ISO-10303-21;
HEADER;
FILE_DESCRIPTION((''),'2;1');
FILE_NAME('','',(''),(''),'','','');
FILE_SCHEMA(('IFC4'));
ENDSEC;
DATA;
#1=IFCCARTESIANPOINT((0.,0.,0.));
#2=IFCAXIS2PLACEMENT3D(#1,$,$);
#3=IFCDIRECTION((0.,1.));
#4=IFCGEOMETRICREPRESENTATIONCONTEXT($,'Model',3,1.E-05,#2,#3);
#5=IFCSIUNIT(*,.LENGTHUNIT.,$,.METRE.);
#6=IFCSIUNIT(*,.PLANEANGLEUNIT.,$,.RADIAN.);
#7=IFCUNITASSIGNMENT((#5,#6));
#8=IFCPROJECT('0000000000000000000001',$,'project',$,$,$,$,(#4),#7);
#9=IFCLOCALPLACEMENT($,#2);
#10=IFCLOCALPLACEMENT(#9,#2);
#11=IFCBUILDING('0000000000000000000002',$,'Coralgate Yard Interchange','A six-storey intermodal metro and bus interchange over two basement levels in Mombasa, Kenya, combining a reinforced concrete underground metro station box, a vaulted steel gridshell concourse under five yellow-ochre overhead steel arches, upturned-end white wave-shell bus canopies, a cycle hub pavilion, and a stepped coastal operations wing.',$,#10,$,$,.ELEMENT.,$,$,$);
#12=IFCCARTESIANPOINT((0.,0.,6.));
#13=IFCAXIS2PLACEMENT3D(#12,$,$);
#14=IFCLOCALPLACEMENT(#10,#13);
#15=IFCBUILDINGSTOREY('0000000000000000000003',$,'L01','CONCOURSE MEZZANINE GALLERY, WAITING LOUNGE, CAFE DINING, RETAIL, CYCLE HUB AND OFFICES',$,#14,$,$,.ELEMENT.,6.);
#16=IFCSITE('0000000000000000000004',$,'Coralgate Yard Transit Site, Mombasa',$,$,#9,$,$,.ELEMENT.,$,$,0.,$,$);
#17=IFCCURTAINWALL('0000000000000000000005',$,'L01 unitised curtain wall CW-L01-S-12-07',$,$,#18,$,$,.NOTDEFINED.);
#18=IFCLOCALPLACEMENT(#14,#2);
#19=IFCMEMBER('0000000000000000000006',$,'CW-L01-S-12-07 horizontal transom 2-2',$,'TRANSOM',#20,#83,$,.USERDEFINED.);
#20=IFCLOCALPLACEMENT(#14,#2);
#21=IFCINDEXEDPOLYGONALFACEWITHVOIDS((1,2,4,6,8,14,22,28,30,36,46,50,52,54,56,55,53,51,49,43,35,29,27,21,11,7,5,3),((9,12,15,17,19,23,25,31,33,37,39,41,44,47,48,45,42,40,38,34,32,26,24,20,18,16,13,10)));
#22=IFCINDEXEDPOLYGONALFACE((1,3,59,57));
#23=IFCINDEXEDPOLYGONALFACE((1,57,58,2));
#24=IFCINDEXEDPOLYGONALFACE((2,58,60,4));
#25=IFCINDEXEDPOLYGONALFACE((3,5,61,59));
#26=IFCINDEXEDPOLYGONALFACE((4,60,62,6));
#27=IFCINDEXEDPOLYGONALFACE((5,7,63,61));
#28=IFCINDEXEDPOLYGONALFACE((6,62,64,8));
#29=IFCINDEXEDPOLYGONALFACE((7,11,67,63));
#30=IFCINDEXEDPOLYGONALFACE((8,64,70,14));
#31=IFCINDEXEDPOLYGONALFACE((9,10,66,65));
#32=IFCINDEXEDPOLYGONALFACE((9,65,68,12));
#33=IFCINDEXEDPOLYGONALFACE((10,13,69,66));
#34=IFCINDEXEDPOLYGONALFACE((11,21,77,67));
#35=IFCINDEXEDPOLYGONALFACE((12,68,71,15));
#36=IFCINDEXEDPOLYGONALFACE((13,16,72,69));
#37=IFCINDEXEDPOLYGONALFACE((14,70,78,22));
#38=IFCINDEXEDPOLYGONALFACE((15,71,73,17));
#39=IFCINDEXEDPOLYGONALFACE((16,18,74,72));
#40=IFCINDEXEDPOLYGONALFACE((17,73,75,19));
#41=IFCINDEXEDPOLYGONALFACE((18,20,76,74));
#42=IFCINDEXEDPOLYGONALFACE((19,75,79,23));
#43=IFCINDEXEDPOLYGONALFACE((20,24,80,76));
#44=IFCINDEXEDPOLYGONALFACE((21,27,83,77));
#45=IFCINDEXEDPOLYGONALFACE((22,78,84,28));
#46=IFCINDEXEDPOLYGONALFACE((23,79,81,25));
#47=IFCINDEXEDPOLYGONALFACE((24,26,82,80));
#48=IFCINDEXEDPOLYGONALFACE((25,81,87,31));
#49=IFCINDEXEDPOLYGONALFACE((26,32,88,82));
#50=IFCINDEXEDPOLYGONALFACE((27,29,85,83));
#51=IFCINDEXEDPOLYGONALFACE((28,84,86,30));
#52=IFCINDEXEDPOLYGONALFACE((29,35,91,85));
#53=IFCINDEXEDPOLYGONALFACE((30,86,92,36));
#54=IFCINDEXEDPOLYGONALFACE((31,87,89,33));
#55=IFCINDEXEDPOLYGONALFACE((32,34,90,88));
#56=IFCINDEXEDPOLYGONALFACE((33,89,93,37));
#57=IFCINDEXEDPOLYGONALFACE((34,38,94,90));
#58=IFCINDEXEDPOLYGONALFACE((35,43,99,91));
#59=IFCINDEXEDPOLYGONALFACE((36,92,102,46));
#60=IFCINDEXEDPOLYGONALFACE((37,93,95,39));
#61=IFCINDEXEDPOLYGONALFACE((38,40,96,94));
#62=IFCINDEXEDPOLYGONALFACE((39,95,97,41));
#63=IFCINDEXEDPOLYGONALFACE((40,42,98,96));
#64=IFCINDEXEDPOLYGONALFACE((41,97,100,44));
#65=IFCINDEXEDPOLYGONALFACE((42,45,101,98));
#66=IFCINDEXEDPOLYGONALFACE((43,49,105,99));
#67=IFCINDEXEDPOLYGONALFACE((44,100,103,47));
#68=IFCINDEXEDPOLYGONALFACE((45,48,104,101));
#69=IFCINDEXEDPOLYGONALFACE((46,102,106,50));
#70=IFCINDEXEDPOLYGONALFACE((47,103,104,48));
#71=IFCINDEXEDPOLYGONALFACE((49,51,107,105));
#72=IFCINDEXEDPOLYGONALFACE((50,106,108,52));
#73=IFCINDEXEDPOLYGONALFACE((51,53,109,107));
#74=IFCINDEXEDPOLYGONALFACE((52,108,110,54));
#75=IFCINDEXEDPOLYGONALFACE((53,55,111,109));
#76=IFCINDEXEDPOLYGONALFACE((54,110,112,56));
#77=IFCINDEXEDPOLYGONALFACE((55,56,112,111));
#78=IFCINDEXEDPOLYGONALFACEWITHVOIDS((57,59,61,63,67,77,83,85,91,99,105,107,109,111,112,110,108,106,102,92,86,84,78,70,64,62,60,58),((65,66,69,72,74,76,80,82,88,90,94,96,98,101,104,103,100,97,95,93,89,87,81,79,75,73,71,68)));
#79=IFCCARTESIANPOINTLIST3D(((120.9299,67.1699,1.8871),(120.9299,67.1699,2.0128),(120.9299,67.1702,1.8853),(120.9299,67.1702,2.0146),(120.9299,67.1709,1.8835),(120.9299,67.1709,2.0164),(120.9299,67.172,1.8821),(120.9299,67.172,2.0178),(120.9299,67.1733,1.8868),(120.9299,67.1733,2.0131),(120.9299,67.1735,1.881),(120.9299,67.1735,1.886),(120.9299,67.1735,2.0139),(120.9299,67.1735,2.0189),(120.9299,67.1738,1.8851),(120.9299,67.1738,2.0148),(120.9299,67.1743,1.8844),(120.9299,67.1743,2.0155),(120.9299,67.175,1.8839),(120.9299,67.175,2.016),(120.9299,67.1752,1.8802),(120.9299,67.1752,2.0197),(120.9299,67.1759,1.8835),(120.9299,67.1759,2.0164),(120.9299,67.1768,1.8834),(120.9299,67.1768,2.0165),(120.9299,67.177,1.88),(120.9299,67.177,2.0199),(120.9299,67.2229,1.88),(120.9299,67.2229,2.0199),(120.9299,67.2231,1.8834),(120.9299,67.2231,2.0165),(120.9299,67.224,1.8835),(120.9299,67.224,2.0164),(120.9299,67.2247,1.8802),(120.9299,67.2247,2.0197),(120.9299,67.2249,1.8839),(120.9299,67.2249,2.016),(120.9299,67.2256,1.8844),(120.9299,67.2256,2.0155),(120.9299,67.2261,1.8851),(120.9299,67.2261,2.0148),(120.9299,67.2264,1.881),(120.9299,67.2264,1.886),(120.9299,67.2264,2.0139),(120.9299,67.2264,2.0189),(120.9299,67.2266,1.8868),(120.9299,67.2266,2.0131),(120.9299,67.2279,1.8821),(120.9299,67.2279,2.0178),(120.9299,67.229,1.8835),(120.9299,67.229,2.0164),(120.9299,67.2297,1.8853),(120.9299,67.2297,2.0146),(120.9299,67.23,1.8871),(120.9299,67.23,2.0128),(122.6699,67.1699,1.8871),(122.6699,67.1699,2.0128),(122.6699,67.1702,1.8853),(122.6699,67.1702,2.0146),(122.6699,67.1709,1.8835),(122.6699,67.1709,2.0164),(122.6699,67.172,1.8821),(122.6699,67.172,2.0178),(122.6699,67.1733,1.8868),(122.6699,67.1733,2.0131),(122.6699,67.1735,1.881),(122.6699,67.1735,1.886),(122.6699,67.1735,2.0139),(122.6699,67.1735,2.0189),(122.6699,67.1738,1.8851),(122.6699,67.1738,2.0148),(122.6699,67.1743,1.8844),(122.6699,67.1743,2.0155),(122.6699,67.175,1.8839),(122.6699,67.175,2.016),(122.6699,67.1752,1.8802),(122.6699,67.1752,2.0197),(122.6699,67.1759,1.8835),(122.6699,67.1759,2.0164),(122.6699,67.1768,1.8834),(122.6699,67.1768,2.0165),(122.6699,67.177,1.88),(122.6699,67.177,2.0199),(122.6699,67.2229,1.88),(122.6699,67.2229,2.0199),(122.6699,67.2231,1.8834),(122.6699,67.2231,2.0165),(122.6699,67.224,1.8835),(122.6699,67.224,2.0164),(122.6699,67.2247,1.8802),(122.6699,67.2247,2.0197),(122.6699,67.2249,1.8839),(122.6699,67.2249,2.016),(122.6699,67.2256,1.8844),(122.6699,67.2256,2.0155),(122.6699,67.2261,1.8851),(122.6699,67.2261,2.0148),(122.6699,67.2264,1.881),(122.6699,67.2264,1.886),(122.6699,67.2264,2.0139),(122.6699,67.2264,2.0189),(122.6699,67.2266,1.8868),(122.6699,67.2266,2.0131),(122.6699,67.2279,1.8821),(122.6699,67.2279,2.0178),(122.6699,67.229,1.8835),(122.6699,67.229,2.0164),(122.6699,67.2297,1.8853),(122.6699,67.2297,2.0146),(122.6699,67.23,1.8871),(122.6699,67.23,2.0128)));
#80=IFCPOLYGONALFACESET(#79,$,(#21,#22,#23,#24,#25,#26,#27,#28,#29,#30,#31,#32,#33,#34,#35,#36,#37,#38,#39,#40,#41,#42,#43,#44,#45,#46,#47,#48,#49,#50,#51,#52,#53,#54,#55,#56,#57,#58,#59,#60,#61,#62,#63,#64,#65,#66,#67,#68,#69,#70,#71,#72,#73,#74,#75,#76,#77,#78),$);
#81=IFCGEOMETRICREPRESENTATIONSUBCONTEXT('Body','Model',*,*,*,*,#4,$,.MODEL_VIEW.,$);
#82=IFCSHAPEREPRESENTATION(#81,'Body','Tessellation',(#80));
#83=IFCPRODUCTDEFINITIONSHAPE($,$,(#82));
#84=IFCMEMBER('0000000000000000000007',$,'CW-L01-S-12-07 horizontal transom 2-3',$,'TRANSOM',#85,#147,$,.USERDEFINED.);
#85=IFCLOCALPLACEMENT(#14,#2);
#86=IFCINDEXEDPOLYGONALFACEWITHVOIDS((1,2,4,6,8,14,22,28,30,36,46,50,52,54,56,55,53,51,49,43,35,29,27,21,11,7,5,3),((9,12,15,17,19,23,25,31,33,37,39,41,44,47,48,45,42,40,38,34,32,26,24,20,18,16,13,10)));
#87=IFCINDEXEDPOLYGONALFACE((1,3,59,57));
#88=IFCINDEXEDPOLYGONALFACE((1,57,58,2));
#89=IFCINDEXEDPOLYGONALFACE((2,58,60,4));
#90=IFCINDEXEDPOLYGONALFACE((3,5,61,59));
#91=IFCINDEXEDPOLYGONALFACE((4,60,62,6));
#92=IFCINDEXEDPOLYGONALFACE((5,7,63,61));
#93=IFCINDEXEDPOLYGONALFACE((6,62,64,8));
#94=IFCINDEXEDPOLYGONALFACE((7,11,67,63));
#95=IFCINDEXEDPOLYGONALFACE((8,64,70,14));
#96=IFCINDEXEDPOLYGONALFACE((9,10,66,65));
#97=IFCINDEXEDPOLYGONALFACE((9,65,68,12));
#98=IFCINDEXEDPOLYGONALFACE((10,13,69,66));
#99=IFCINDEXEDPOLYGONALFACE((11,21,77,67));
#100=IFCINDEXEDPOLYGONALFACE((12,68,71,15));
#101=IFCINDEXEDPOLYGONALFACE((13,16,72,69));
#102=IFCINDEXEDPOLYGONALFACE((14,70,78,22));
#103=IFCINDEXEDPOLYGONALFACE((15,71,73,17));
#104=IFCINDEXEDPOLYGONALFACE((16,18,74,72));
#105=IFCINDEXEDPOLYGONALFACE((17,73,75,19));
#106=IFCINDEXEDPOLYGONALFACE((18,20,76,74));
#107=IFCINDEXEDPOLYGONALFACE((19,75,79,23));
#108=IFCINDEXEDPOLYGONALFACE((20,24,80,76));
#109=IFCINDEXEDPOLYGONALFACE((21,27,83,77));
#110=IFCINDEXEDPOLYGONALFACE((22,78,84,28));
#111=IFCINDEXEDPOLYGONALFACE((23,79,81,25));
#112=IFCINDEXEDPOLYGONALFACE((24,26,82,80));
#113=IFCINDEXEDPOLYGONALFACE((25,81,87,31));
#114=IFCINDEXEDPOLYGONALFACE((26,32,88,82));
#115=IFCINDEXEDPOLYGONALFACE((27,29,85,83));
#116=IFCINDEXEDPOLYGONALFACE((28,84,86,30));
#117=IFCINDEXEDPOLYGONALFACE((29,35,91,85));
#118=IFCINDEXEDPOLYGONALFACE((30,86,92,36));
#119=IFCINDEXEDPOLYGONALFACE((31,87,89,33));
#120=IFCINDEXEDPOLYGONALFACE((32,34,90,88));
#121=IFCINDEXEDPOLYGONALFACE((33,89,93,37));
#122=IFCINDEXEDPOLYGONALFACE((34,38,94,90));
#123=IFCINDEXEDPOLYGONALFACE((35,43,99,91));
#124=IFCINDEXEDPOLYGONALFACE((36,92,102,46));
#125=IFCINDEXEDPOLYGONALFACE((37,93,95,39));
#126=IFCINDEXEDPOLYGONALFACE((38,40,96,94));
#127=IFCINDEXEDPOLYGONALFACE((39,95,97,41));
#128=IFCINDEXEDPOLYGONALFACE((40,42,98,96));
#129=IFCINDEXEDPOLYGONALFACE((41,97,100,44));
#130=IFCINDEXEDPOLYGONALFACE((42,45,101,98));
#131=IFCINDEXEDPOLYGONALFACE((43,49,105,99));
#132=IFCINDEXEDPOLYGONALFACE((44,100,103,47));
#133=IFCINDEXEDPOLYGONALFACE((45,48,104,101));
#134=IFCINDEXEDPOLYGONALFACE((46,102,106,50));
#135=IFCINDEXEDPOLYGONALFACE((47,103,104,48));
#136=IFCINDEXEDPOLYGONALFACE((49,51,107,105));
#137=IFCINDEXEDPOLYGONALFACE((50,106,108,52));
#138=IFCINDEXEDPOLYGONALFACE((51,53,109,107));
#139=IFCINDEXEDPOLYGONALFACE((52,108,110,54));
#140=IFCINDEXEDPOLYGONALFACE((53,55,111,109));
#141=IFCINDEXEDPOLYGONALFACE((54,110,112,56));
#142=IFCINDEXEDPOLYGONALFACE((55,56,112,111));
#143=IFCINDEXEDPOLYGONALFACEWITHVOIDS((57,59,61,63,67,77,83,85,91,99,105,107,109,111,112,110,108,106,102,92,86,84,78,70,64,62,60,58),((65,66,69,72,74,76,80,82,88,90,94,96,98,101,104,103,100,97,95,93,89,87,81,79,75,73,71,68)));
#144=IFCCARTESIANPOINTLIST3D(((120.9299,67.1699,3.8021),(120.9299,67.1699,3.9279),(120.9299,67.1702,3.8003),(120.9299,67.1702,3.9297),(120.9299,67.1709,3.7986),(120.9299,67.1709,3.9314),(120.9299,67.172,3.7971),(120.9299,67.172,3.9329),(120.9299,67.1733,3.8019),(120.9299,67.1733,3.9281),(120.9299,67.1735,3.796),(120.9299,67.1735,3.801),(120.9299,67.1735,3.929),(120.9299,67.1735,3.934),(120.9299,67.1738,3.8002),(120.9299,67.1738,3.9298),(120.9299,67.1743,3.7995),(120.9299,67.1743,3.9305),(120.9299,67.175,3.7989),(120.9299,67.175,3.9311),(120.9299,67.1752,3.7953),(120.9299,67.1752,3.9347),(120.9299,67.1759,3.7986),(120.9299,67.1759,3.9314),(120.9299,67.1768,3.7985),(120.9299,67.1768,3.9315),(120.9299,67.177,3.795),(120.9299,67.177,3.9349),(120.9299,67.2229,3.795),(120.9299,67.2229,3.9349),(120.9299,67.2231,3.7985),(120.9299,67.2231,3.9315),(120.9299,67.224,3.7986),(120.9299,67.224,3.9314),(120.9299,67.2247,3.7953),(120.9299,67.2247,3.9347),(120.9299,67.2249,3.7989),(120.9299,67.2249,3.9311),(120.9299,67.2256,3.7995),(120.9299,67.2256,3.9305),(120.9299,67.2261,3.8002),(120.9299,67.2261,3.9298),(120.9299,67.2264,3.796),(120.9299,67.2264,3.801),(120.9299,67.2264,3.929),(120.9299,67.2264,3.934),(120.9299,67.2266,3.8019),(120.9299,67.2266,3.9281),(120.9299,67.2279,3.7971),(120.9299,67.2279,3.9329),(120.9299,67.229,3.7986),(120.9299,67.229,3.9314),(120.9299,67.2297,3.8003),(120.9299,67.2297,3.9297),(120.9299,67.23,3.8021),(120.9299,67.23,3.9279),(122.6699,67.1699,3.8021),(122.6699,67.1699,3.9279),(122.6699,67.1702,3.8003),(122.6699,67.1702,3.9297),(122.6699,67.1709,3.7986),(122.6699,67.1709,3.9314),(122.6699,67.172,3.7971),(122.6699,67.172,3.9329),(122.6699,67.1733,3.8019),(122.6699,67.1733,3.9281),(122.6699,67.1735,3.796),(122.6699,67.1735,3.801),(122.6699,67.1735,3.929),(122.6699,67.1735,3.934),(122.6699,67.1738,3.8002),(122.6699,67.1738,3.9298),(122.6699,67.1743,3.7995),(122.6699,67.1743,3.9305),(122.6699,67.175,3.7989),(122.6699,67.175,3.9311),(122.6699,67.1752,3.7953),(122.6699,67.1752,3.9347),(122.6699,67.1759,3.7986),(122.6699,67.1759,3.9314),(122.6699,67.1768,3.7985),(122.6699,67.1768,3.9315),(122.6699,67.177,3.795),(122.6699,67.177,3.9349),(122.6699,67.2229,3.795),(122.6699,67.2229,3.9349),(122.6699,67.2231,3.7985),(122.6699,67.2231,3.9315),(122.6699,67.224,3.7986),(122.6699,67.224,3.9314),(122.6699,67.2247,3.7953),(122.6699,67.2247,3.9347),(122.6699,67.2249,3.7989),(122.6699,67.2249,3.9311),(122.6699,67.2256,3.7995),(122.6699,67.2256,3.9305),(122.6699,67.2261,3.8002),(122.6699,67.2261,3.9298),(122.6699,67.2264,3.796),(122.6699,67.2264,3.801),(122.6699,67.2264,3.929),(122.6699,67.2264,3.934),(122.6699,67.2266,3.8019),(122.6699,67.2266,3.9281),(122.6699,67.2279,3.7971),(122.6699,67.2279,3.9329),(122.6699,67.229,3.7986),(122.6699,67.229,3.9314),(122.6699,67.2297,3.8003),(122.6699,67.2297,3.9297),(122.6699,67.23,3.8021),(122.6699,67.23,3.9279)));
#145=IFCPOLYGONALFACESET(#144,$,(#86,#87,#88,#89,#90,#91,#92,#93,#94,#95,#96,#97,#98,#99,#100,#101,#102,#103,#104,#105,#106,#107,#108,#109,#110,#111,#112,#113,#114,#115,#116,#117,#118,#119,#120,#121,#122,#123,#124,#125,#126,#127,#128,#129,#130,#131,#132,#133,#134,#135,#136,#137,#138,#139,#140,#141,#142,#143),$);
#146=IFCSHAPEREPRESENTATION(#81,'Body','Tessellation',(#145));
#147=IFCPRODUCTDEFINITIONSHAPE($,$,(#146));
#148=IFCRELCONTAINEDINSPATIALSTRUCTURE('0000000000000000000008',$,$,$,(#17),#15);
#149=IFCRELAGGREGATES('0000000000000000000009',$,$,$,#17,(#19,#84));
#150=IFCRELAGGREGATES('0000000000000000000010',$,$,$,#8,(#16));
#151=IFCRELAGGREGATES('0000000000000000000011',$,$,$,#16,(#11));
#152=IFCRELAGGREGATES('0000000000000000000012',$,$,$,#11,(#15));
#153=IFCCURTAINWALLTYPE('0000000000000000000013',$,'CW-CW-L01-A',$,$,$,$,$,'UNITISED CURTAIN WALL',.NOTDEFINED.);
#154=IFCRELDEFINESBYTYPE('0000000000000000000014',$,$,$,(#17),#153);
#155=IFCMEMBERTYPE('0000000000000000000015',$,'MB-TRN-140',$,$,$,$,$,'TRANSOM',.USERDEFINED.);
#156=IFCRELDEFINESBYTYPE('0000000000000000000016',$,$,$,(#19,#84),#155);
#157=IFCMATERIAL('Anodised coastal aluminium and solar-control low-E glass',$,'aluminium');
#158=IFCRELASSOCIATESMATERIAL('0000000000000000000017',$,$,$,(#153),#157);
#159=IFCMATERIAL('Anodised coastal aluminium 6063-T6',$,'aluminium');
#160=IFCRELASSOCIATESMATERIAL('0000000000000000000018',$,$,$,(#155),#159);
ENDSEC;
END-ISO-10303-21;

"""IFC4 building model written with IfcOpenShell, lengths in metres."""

from ifc_helpers import new_model, si_unit, direction, frame, origin, origin_2d, place, context, subcontext, project, spatial, hollow_rectangle, extrude, material, material_profile, profile_set, type_object, element, aggregate, save


model = new_model("IFC4")

# Units and contexts
model_context = context("Model", 3, precision=1e-05, world=origin(), true_north=direction((0.0, 1.0)))
body_context = subcontext(model_context, "Body", "Model", "MODEL_VIEW")
ifc_project = project(units=[si_unit("LENGTHUNIT", "METRE"), si_unit("PLANEANGLEUNIT", "RADIAN")], contexts=[model_context])

# Site, building, storey
site_placement = place(None, origin())
site = spatial("IfcSite", under=ifc_project, at=site_placement, Name="Coralgate Yard Transit Site, Mombasa", CompositionType="ELEMENT", RefElevation=0.0)
building_placement = place(site_placement, origin())
building = spatial("IfcBuilding", under=site, at=building_placement, Name="Coralgate Yard Interchange", Description="A six-storey intermodal metro and bus interchange over two basement levels in Mombasa, Kenya, combining a reinforced concrete underground metro station box, a vaulted steel gridshell concourse under five yellow-ochre overhead steel arches, upturned-end white wave-shell bus canopies, a cycle hub pavilion, and a stepped coastal operations wing.", CompositionType="ELEMENT")
storey_placement = place(building_placement, frame((0.0, 0.0, 6.0)))
storey = spatial("IfcBuildingStorey", under=building, at=storey_placement, Name="L01", Description="CONCOURSE MEZZANINE GALLERY, WAITING LOUNGE, CAFE DINING, RETAIL, CYCLE HUB AND OFFICES", CompositionType="ELEMENT", Elevation=6.0)

# Curtain wall, members
ifc_material_1 = material(Name="Anodised coastal aluminium and solar-control low-E glass", Category="aluminium")
curtain_wall_type = type_object("IfcCurtainWallType", Name="CW-CW-L01-A", ElementType="UNITISED CURTAIN WALL", PredefinedType="NOTDEFINED", material=ifc_material_1)
curtain_wall_placement = place(storey_placement, origin())
curtain_wall = element("IfcCurtainWall", 1, at=curtain_wall_placement, inside=storey, type_object=curtain_wall_type, Name="L01 unitised curtain wall CW-L01-S-12-07", PredefinedType="NOTDEFINED")
ifc_material_2 = material(Name="Anodised coastal aluminium 6063-T6", Category="aluminium")
ifc_material_profile_1 = material_profile(ifc_material_2, hollow_rectangle(XDim=0.0601, YDim=0.1399, WallThickness=0.0034, InnerFilletRadius=0.0034, OuterFilletRadius=0.0071, at=origin_2d()), Name="ALU 60x140x3.5")
ifc_profile_set_1 = profile_set([ifc_material_profile_1], Name="Anodised coastal aluminium 6063-T6")
member_type_1 = type_object("IfcMemberType", Name="MB-TRN-140", ElementType="TRANSOM", PredefinedType="USERDEFINED", material=ifc_profile_set_1)
member_1_placement = place(storey_placement, frame((122.6699, 67.2, 1.95), z_axis=(-1.0, 0.0, 0.0), x_axis=(0.0, -1.0, 0.0)))
member_1 = element("IfcMember", 2, at=member_1_placement, type_object=member_type_1, Name="CW-L01-S-12-07 horizontal transom 2-2", ObjectType="TRANSOM", PredefinedType="USERDEFINED", context=body_context, shape_type="SweptSolid", body=[
    extrude(hollow_rectangle(XDim=0.0601, YDim=0.1399, WallThickness=0.0034, InnerFilletRadius=0.0034, OuterFilletRadius=0.0071, at=origin_2d()), origin(), (0.0, 0.0, 1.0), 1.74),
])
member_2_placement = place(storey_placement, frame((122.6699, 67.2, 3.865), z_axis=(-1.0, 0.0, 0.0), x_axis=(0.0, -1.0, 0.0)))
member_2 = element("IfcMember", 3, at=member_2_placement, type_object=member_type_1, Name="CW-L01-S-12-07 horizontal transom 2-3", ObjectType="TRANSOM", PredefinedType="USERDEFINED", context=body_context, shape_type="SweptSolid", body=[
    extrude(hollow_rectangle(XDim=0.0601, YDim=0.1399, WallThickness=0.0034, InnerFilletRadius=0.0034, OuterFilletRadius=0.0071, at=origin_2d()), origin(), (0.0, 0.0, 1.0), 1.74),
])
aggregate(curtain_wall, [member_1, member_2])

save(model, "model.ifc")
